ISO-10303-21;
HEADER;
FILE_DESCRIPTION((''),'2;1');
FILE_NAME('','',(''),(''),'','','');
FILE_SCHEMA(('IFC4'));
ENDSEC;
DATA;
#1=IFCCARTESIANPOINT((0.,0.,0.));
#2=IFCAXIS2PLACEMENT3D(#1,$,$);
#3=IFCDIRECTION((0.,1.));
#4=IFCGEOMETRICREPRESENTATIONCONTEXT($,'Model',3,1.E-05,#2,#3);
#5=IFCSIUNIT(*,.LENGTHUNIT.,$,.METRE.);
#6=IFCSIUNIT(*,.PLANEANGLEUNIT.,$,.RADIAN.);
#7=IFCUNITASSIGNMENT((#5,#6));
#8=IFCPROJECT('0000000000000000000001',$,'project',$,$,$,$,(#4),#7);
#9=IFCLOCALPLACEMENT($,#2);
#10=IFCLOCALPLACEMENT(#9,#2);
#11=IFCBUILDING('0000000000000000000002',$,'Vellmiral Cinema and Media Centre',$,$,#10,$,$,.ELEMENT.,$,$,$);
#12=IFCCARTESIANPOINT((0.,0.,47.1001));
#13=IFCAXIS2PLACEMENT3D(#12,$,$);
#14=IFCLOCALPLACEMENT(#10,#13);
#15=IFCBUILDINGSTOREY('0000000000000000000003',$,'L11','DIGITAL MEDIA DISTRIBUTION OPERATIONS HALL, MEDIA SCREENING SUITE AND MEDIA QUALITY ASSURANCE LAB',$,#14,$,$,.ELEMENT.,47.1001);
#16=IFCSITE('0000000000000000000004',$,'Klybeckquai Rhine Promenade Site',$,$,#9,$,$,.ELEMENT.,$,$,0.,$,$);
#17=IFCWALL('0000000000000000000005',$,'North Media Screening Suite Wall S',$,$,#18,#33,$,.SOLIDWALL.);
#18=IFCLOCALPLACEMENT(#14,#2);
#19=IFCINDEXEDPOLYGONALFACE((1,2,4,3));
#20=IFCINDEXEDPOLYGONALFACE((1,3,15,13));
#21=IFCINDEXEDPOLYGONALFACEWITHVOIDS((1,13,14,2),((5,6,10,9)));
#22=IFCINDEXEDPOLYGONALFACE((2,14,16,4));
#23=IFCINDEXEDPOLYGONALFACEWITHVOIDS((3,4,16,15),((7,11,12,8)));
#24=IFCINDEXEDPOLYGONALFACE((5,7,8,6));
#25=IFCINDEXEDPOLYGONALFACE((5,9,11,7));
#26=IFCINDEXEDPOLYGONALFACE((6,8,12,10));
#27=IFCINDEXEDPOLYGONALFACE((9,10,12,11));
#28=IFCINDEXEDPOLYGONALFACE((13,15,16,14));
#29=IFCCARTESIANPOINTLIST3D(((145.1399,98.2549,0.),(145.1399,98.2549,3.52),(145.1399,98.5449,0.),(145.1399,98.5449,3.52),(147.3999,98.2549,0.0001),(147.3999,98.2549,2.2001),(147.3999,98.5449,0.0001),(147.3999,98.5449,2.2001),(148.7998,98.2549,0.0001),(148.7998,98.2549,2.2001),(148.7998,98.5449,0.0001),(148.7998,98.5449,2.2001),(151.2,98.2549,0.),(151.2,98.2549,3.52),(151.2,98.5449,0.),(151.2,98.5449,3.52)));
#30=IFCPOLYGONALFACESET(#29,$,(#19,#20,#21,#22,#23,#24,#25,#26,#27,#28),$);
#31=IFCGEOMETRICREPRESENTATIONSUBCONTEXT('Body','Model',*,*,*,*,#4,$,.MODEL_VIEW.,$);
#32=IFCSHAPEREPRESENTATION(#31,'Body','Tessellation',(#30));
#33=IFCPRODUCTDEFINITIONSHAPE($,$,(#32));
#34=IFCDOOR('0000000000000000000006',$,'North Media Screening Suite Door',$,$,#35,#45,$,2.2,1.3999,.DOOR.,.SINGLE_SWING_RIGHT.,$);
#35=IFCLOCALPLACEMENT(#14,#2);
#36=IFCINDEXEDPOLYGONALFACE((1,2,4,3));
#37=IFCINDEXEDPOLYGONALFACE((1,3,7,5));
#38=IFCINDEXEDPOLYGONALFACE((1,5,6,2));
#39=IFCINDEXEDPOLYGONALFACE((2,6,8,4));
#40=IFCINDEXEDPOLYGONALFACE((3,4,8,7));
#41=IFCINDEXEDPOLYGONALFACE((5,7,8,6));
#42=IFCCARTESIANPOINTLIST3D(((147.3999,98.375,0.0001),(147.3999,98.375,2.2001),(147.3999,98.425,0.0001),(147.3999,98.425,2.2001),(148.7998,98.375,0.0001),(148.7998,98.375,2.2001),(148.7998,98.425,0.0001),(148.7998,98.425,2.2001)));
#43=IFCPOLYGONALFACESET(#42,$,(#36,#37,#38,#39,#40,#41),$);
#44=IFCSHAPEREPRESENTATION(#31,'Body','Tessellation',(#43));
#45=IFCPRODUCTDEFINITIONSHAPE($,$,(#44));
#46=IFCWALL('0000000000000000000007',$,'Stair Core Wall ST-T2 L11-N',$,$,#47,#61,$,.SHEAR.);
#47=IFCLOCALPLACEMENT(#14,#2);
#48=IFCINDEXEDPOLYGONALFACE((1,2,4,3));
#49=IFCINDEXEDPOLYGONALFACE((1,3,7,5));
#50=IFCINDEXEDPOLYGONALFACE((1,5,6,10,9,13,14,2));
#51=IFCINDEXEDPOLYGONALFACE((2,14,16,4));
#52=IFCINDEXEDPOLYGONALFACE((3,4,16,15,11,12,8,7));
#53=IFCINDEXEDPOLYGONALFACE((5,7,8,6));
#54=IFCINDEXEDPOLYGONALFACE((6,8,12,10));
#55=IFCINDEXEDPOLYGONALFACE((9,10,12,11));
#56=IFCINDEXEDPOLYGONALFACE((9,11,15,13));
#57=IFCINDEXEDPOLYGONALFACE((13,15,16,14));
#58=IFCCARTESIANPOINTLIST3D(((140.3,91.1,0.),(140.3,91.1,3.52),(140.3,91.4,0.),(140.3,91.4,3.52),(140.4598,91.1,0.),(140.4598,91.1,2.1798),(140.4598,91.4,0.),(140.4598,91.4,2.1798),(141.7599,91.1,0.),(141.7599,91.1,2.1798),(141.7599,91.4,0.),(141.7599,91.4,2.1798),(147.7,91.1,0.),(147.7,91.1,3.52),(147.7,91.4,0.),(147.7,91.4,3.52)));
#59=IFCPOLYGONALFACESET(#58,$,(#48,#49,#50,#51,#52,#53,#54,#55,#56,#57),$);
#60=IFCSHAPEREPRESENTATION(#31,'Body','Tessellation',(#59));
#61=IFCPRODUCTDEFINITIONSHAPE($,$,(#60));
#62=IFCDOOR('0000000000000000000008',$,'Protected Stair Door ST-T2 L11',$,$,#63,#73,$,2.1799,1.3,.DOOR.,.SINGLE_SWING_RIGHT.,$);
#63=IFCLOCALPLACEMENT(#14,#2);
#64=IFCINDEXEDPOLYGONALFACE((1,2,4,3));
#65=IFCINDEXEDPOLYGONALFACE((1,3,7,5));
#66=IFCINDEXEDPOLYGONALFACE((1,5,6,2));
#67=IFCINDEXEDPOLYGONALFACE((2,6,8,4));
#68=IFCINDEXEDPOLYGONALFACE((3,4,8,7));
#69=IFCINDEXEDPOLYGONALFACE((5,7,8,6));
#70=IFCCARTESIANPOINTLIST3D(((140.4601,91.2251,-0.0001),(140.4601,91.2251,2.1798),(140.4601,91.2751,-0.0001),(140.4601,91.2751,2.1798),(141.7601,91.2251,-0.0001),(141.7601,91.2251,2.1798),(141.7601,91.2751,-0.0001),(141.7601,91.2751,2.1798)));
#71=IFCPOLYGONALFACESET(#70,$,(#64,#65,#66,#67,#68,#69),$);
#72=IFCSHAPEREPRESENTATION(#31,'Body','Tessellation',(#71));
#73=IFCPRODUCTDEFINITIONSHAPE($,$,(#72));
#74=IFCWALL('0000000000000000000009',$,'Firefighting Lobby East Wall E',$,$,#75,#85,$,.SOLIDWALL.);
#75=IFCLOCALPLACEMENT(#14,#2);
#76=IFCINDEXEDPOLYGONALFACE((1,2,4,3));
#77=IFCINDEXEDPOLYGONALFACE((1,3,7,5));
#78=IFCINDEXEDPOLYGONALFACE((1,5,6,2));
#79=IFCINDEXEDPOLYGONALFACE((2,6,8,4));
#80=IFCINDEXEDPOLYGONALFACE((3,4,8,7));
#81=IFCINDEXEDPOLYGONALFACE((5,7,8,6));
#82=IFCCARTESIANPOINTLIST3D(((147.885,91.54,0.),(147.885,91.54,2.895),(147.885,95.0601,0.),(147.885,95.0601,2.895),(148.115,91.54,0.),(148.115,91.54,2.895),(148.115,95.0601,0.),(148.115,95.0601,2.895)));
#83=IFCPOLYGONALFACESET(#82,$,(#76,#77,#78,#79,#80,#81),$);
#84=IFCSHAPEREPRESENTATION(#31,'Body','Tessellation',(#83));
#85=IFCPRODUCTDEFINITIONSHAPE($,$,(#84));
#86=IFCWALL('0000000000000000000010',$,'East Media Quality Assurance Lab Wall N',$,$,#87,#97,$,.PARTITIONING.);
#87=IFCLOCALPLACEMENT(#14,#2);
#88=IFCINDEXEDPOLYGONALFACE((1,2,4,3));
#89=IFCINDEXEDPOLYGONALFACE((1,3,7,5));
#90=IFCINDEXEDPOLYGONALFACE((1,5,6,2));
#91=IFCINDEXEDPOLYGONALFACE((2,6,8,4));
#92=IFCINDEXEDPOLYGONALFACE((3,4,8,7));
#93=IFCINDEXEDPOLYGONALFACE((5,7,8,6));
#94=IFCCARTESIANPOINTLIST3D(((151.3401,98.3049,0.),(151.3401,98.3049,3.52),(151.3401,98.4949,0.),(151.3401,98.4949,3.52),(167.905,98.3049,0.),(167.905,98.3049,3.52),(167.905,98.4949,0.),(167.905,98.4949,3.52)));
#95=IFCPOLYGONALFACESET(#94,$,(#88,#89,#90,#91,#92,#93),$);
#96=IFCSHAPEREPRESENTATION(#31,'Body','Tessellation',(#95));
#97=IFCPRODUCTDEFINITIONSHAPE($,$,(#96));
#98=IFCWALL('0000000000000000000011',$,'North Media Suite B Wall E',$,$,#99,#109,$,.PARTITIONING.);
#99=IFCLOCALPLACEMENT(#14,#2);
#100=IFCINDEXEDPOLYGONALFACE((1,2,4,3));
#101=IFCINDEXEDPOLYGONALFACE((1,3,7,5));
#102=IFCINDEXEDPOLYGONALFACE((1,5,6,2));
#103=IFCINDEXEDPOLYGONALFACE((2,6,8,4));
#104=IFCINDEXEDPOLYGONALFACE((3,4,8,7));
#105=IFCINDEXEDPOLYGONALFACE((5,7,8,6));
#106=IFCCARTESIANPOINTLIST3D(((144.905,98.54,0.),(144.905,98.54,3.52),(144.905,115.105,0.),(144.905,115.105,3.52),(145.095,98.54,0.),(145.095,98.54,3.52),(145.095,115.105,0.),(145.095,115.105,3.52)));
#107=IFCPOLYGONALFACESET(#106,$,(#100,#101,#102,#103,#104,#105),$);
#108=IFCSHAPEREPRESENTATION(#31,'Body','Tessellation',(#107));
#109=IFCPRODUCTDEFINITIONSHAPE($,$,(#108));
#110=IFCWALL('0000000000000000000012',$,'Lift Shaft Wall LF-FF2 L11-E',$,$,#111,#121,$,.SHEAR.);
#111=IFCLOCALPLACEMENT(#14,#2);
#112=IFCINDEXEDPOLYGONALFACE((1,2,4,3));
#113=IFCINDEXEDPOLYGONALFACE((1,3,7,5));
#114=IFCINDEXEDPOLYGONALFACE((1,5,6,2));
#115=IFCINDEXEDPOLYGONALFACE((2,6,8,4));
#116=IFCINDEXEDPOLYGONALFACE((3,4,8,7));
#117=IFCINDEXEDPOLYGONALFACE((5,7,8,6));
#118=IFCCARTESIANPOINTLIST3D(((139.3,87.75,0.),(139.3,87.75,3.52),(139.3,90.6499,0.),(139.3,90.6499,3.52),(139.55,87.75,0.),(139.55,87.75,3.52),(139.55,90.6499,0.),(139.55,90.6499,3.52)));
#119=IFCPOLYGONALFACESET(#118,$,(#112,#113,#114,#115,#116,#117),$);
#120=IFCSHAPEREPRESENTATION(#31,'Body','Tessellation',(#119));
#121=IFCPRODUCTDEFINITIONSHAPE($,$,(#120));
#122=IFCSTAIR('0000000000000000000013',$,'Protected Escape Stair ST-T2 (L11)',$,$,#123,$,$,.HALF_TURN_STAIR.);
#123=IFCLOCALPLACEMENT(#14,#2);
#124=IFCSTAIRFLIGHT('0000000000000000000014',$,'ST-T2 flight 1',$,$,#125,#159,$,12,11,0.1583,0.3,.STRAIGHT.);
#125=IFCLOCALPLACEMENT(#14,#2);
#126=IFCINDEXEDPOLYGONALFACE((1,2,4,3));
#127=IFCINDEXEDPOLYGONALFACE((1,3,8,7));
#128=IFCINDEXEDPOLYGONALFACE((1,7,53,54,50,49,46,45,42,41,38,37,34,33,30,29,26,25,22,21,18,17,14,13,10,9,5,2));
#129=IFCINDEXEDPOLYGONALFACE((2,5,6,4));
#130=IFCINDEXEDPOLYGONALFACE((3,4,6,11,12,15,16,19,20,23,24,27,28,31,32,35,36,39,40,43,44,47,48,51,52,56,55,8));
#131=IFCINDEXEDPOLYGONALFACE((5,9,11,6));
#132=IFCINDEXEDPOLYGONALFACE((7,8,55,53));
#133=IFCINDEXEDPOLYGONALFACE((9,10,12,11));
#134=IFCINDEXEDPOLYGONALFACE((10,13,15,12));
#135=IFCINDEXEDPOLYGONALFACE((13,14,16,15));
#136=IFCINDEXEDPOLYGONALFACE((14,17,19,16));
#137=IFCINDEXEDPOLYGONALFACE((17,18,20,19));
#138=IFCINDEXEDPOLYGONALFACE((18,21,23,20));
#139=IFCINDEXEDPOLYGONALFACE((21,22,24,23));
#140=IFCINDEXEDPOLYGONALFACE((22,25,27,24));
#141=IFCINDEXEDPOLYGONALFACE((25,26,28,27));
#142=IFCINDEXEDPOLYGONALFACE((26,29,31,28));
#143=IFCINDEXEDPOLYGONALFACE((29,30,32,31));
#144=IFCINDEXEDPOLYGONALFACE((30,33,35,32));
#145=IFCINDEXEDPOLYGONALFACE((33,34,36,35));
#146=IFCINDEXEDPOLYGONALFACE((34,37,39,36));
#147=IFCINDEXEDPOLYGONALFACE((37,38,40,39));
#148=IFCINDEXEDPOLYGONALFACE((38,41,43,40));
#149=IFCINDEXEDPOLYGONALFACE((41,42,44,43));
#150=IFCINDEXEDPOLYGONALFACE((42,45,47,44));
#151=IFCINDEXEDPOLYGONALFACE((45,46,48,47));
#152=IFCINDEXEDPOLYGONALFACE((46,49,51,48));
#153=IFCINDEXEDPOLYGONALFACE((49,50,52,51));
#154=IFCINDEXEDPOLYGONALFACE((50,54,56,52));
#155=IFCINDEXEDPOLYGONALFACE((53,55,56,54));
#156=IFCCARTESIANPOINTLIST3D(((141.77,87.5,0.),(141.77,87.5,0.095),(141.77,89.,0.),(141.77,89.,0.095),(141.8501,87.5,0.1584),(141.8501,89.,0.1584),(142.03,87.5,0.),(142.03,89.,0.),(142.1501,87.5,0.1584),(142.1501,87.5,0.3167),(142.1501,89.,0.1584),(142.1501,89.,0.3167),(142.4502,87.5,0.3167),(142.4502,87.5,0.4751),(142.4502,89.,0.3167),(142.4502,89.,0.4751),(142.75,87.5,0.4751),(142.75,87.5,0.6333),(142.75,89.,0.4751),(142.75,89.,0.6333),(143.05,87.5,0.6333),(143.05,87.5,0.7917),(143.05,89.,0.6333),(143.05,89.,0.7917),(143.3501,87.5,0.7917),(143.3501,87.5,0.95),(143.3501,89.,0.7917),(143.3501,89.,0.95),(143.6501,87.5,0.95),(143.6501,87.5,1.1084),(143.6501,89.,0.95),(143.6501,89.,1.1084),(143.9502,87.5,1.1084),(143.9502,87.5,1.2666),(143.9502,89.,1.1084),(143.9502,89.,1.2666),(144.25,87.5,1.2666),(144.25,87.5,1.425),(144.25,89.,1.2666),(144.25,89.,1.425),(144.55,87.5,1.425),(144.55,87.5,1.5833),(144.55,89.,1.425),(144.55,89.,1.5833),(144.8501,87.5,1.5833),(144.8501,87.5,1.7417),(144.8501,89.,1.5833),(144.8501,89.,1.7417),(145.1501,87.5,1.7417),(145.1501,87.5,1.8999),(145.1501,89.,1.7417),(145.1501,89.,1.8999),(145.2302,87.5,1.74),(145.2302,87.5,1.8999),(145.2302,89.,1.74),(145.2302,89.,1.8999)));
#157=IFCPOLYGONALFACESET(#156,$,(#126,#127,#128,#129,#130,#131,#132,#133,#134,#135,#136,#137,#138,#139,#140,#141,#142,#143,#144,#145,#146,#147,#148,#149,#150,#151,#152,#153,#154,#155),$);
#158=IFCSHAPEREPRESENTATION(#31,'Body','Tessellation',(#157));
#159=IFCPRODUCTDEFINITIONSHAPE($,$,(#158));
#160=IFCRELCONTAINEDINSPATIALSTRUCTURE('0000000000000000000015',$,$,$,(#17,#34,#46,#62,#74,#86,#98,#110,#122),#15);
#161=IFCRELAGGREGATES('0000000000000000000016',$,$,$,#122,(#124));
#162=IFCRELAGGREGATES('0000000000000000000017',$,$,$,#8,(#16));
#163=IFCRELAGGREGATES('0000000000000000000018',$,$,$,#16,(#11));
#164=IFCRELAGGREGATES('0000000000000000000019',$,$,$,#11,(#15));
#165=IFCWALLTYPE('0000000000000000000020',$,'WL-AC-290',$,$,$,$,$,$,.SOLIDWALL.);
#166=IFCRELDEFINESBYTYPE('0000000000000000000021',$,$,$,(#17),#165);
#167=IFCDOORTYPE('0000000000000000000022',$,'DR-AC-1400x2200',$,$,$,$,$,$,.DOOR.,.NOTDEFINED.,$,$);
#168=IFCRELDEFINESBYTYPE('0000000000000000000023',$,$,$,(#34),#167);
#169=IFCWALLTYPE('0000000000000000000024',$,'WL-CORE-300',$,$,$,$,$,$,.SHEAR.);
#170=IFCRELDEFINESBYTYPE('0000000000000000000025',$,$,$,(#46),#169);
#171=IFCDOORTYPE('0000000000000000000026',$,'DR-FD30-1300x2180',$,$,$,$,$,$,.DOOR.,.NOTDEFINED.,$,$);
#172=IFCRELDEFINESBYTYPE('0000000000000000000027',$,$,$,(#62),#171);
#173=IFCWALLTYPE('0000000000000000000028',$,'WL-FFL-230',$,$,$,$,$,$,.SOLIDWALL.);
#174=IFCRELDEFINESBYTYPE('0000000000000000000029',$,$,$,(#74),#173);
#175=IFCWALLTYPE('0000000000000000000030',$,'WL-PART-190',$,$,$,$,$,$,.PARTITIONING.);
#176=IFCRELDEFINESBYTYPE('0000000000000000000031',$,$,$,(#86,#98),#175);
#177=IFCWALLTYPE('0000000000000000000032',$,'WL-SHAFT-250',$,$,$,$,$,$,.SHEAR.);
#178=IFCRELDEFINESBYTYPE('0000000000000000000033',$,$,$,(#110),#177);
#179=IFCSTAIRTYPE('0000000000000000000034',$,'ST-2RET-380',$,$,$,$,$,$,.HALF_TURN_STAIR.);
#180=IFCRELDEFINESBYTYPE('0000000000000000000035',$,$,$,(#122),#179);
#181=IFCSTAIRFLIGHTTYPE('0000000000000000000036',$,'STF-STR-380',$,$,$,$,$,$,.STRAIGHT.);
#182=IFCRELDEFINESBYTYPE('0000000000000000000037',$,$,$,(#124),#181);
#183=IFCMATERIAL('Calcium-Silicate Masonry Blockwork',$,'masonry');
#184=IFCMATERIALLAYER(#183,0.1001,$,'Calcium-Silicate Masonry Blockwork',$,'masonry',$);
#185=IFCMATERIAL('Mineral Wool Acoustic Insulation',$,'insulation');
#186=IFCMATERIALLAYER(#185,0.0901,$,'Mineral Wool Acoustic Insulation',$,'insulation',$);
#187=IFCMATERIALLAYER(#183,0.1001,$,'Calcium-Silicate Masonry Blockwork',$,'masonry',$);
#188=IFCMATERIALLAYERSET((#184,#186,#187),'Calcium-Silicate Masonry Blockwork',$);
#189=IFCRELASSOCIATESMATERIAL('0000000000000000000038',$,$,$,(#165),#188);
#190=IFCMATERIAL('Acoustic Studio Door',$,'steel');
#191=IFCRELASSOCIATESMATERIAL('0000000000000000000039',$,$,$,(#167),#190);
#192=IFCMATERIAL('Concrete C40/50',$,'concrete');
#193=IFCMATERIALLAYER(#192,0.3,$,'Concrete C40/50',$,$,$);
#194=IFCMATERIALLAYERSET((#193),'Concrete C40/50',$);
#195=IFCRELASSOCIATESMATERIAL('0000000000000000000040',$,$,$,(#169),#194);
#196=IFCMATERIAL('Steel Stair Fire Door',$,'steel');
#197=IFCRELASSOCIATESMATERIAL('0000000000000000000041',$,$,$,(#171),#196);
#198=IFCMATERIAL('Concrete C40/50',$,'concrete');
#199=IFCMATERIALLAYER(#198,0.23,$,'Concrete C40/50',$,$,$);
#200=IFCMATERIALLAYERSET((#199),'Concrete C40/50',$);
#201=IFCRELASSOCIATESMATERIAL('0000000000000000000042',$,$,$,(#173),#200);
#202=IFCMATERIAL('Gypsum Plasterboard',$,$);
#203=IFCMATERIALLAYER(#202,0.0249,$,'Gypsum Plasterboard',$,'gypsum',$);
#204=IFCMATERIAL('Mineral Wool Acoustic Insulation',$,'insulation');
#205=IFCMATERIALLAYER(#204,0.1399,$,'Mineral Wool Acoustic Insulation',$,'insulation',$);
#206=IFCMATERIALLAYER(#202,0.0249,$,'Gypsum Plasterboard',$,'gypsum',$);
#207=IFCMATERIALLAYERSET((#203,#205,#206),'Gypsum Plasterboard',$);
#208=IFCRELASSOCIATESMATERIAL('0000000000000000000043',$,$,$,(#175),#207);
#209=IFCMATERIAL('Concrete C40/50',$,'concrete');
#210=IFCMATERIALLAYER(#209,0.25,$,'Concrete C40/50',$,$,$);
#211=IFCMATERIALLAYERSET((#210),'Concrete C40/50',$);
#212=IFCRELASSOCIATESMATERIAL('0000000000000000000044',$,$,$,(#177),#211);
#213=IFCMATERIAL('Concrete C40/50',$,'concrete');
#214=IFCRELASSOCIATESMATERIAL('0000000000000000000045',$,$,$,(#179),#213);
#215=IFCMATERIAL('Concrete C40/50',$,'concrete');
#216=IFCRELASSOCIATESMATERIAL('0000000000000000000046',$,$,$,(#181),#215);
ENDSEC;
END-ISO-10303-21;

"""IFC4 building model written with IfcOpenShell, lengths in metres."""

from ifc_helpers import new_model, si_unit, direction, frame, frame_2d, origin, place, context, subcontext, project, spatial, polyline, rectangle, outline, extrude, material, layer, layer_set, type_object, element, fill, aggregate, save


model = new_model("IFC4")

# Units and contexts
model_context = context("Model", 3, precision=1e-05, world=origin(), true_north=direction((0.0, 1.0)))
body_context = subcontext(model_context, "Body", "Model", "MODEL_VIEW")
ifc_project = project(units=[si_unit("LENGTHUNIT", "METRE"), si_unit("PLANEANGLEUNIT", "RADIAN")], contexts=[model_context])

# Site, building, storey
site_placement = place(None, origin())
site = spatial("IfcSite", under=ifc_project, at=site_placement, Name="Klybeckquai Rhine Promenade Site", CompositionType="ELEMENT", RefElevation=0.0)
building_placement = place(site_placement, origin())
building = spatial("IfcBuilding", under=site, at=building_placement, Name="Vellmiral Cinema and Media Centre", CompositionType="ELEMENT")
storey_placement = place(building_placement, frame((0.0, 0.0, 47.1001)))
storey = spatial("IfcBuildingStorey", under=building, at=storey_placement, Name="L11", Description="DIGITAL MEDIA DISTRIBUTION OPERATIONS HALL, MEDIA SCREENING SUITE AND MEDIA QUALITY ASSURANCE LAB", CompositionType="ELEMENT", Elevation=47.1001)

# Walls, openings, doors
ifc_material_1 = material(Name="Calcium-Silicate Masonry Blockwork", Category="masonry")
ifc_layer_1 = layer(ifc_material_1, 0.1001, Name="Calcium-Silicate Masonry Blockwork", Category="masonry")
ifc_material_2 = material(Name="Mineral Wool Acoustic Insulation", Category="insulation")
ifc_layer_2 = layer(ifc_material_2, 0.0901, Name="Mineral Wool Acoustic Insulation", Category="insulation")
ifc_layer_3 = layer(ifc_material_1, 0.1001, Name="Calcium-Silicate Masonry Blockwork", Category="masonry")
ifc_layer_set_1 = layer_set([ifc_layer_1, ifc_layer_2, ifc_layer_3], Name="Calcium-Silicate Masonry Blockwork")
wall_type_1 = type_object("IfcWallType", Name="WL-AC-290", PredefinedType="SOLIDWALL", material=ifc_layer_set_1)
wall_1_placement = place(storey_placement, frame((145.1399, 98.3999, 0.0), z_axis=(0.0, 0.0, 1.0), x_axis=(1.0, 0.0, 0.0)))
wall_1 = element("IfcWall", 1, at=wall_1_placement, inside=storey, type_object=wall_type_1, Name="North Media Screening Suite Wall S", PredefinedType="SOLIDWALL", context=body_context, shape_type="SweptSolid", body=[
    extrude(rectangle(XDim=6.0601, YDim=0.29, at=frame_2d((3.03, 0.0))), origin(), (0.0, 0.0, 1.0), 3.52),
])
opening_1_placement = place(wall_1_placement, frame((2.26, 0.0, 0.0)))
opening_1 = element("IfcOpeningElement", 2, at=opening_1_placement, cuts=wall_1, PredefinedType="OPENING", context=body_context, shape_type="SweptSolid", body=[
    extrude(rectangle(XDim=1.3999, YDim=2.2, at=frame_2d((0.7, 1.1001))), frame((0.0, 0.157, 0.0), z_axis=(0.0, -1.0, 0.0), x_axis=(1.0, 0.0, 0.0)), (0.0, 0.0, 1.0), 0.314),
])
ifc_material_3 = material(Name="Acoustic Studio Door", Category="steel")
door_type_1 = type_object("IfcDoorType", Name="DR-AC-1400x2200", OperationType="NOTDEFINED", PredefinedType="DOOR", material=ifc_material_3)
door_1_placement = place(opening_1_placement, frame((1.3999, 0.0, 0.0), z_axis=(0.0, 0.0, 1.0), x_axis=(-1.0, 0.0, 0.0)))
door_1 = element("IfcDoor", 3, at=door_1_placement, inside=storey, type_object=door_type_1, Name="North Media Screening Suite Door", OperationType="SINGLE_SWING_RIGHT", OverallHeight=2.2, OverallWidth=1.3999, PredefinedType="DOOR", context=body_context, shape_type="SweptSolid", body=[
    extrude(rectangle(XDim=1.3999, YDim=2.2, at=frame_2d((0.7, 1.1001))), frame((0.0, 0.0249, 0.0), z_axis=(0.0, -1.0, 0.0), x_axis=(1.0, 0.0, 0.0)), (0.0, 0.0, 1.0), 0.05),
])
fill(opening_1, door_1)
ifc_material_4 = material(Name="Concrete C40/50", Category="concrete")
ifc_layer_4 = layer(ifc_material_4, 0.3, Name="Concrete C40/50")
ifc_layer_set_2 = layer_set([ifc_layer_4], Name="Concrete C40/50")
wall_type_2 = type_object("IfcWallType", Name="WL-CORE-300", PredefinedType="SHEAR", material=ifc_layer_set_2)
wall_2_placement = place(storey_placement, frame((140.3, 91.25, 0.0), z_axis=(0.0, 0.0, 1.0), x_axis=(1.0, 0.0, 0.0)))
wall_2 = element("IfcWall", 4, at=wall_2_placement, inside=storey, type_object=wall_type_2, Name="Stair Core Wall ST-T2 L11-N", PredefinedType="SHEAR", context=body_context, shape_type="SweptSolid", body=[
    extrude(rectangle(XDim=7.3999, YDim=0.3, at=frame_2d((3.7, 0.0))), origin(), (0.0, 0.0, 1.0), 3.52),
])
opening_2_placement = place(wall_2_placement, frame((0.1599, 0.0, 0.0)))
opening_2 = element("IfcOpeningElement", 5, at=opening_2_placement, cuts=wall_2, PredefinedType="OPENING", context=body_context, shape_type="SweptSolid", body=[
    extrude(rectangle(XDim=1.3, YDim=2.1799, at=frame_2d((0.6499, 1.0898))), frame((0.0, 0.1621, 0.0), z_axis=(0.0, -1.0, 0.0), x_axis=(1.0, 0.0, 0.0)), (0.0, 0.0, 1.0), 0.324),
])
ifc_material_5 = material(Name="Steel Stair Fire Door", Category="steel")
door_type_2 = type_object("IfcDoorType", Name="DR-FD30-1300x2180", OperationType="NOTDEFINED", PredefinedType="DOOR", material=ifc_material_5)
door_2_placement = place(opening_2_placement, frame((1.3, 0.0, 0.0), z_axis=(0.0, 0.0, 1.0), x_axis=(-1.0, 0.0, 0.0)))
door_2 = element("IfcDoor", 6, at=door_2_placement, inside=storey, type_object=door_type_2, Name="Protected Stair Door ST-T2 L11", OperationType="SINGLE_SWING_RIGHT", OverallHeight=2.1799, OverallWidth=1.3, PredefinedType="DOOR", context=body_context, shape_type="SweptSolid", body=[
    extrude(rectangle(XDim=1.3, YDim=2.1799, at=frame_2d((0.6499, 1.0898))), frame((0.0, 0.0249, 0.0), z_axis=(0.0, -1.0, 0.0), x_axis=(1.0, 0.0, 0.0)), (0.0, 0.0, 1.0), 0.05),
])
fill(opening_2, door_2)

# Walls
ifc_material_6 = material(Name="Concrete C40/50", Category="concrete")
ifc_layer_5 = layer(ifc_material_6, 0.23, Name="Concrete C40/50")
ifc_layer_set_3 = layer_set([ifc_layer_5], Name="Concrete C40/50")
wall_type_3 = type_object("IfcWallType", Name="WL-FFL-230", PredefinedType="SOLIDWALL", material=ifc_layer_set_3)
wall_3_placement = place(storey_placement, frame((148.0, 91.54, 0.0), z_axis=(0.0, 0.0, 1.0), x_axis=(0.0, 1.0, 0.0)))
element("IfcWall", 7, at=wall_3_placement, inside=storey, type_object=wall_type_3, Name="Firefighting Lobby East Wall E", PredefinedType="SOLIDWALL", context=body_context, shape_type="SweptSolid", body=[
    extrude(rectangle(XDim=3.52, YDim=0.23, at=frame_2d((1.76, 0.0))), origin(), (0.0, 0.0, 1.0), 2.895),
])
ifc_material_7 = material(Name="Gypsum Plasterboard")
ifc_layer_6 = layer(ifc_material_7, 0.0249, Name="Gypsum Plasterboard", Category="gypsum")
ifc_material_8 = material(Name="Mineral Wool Acoustic Insulation", Category="insulation")
ifc_layer_7 = layer(ifc_material_8, 0.1399, Name="Mineral Wool Acoustic Insulation", Category="insulation")
ifc_layer_8 = layer(ifc_material_7, 0.0249, Name="Gypsum Plasterboard", Category="gypsum")
ifc_layer_set_4 = layer_set([ifc_layer_6, ifc_layer_7, ifc_layer_8], Name="Gypsum Plasterboard")
wall_type_4 = type_object("IfcWallType", Name="WL-PART-190", PredefinedType="PARTITIONING", material=ifc_layer_set_4)
for number, where, z_axis, x_axis, name in (
    (8, (151.3401, 98.3999, 0.0), (0.0, 0.0, 1.0), (1.0, 0.0, 0.0), "East Media Quality Assurance Lab Wall N"),
    (9, (145.0, 98.54, 0.0), (0.0, 0.0, 1.0), (0.0, 1.0, 0.0), "North Media Suite B Wall E"),
):
    element("IfcWall", number, at=place(storey_placement, frame(where, z_axis=z_axis, x_axis=x_axis)), inside=storey, type_object=wall_type_4, Name=name, PredefinedType="PARTITIONING", context=body_context, shape_type="SweptSolid", body=[
        extrude(rectangle(XDim=16.5649, YDim=0.1899, at=frame_2d((8.2825, 0.0))), origin(), (0.0, 0.0, 1.0), 3.52),
    ])
ifc_material_9 = material(Name="Concrete C40/50", Category="concrete")
ifc_layer_9 = layer(ifc_material_9, 0.25, Name="Concrete C40/50")
ifc_layer_set_5 = layer_set([ifc_layer_9], Name="Concrete C40/50")
wall_type_5 = type_object("IfcWallType", Name="WL-SHAFT-250", PredefinedType="SHEAR", material=ifc_layer_set_5)
wall_4_placement = place(storey_placement, frame((139.425, 87.75, 0.0), z_axis=(0.0, 0.0, 1.0), x_axis=(0.0, 1.0, 0.0)))
element("IfcWall", 10, at=wall_4_placement, inside=storey, type_object=wall_type_5, Name="Lift Shaft Wall LF-FF2 L11-E", PredefinedType="SHEAR", context=body_context, shape_type="SweptSolid", body=[
    extrude(rectangle(XDim=2.8999, YDim=0.25, at=frame_2d((1.45, 0.0))), origin(), (0.0, 0.0, 1.0), 3.52),
])

# Stair, stair flight
ifc_material_10 = material(Name="Concrete C40/50", Category="concrete")
stair_type = type_object("IfcStairType", Name="ST-2RET-380", PredefinedType="HALF_TURN_STAIR", material=ifc_material_10)
stair_placement = place(storey_placement, origin())
stair = element("IfcStair", 11, at=stair_placement, inside=storey, type_object=stair_type, Name="Protected Escape Stair ST-T2 (L11)", PredefinedType="HALF_TURN_STAIR")
ifc_material_11 = material(Name="Concrete C40/50", Category="concrete")
stair_flight_type = type_object("IfcStairFlightType", Name="STF-STR-380", PredefinedType="STRAIGHT", material=ifc_material_11)
stair_flight_1_placement = place(storey_placement, frame((141.8501, 88.25, 0.0), z_axis=(0.0, 0.0, 1.0), x_axis=(1.0, 0.0, 0.0)))
stair_flight_1 = element("IfcStairFlight", 12, at=stair_flight_1_placement, type_object=stair_flight_type, Name="ST-T2 flight 1", NumberOfRisers=12, NumberOfTreads=11, PredefinedType="STRAIGHT", RiserHeight=0.1583, TreadLength=0.3, context=body_context, shape_type="SweptSolid", body=[
    extrude(outline(polyline([(-0.0801, 0.0), (-0.0801, 0.095), (0.0, 0.1584), (0.3, 0.1584), (0.3, 0.3167), (0.6001, 0.3167), (0.6001, 0.4751), (0.8999, 0.4751), (0.8999, 0.6333), (1.2, 0.6333), (1.2, 0.7917), (1.5, 0.7917), (1.5, 0.95), (1.8, 0.95), (1.8, 1.1084), (2.1001, 1.1084), (2.1001, 1.2666), (2.3999, 1.2666), (2.3999, 1.425), (2.7, 1.425), (2.7, 1.5833), (3.0, 1.5833), (3.0, 1.7417), (3.3, 1.7417), (3.3, 1.8999), (3.3801, 1.8999), (3.3801, 1.74), (0.1799, 0.0), (-0.0801, 0.0)])), frame((0.0, 0.75, 0.0), z_axis=(0.0, -1.0, 0.0), x_axis=(1.0, 0.0, 0.0)), (0.0, 0.0, 1.0), 1.5),
])
aggregate(stair, [stair_flight_1])

save(model, "model.ifc")
